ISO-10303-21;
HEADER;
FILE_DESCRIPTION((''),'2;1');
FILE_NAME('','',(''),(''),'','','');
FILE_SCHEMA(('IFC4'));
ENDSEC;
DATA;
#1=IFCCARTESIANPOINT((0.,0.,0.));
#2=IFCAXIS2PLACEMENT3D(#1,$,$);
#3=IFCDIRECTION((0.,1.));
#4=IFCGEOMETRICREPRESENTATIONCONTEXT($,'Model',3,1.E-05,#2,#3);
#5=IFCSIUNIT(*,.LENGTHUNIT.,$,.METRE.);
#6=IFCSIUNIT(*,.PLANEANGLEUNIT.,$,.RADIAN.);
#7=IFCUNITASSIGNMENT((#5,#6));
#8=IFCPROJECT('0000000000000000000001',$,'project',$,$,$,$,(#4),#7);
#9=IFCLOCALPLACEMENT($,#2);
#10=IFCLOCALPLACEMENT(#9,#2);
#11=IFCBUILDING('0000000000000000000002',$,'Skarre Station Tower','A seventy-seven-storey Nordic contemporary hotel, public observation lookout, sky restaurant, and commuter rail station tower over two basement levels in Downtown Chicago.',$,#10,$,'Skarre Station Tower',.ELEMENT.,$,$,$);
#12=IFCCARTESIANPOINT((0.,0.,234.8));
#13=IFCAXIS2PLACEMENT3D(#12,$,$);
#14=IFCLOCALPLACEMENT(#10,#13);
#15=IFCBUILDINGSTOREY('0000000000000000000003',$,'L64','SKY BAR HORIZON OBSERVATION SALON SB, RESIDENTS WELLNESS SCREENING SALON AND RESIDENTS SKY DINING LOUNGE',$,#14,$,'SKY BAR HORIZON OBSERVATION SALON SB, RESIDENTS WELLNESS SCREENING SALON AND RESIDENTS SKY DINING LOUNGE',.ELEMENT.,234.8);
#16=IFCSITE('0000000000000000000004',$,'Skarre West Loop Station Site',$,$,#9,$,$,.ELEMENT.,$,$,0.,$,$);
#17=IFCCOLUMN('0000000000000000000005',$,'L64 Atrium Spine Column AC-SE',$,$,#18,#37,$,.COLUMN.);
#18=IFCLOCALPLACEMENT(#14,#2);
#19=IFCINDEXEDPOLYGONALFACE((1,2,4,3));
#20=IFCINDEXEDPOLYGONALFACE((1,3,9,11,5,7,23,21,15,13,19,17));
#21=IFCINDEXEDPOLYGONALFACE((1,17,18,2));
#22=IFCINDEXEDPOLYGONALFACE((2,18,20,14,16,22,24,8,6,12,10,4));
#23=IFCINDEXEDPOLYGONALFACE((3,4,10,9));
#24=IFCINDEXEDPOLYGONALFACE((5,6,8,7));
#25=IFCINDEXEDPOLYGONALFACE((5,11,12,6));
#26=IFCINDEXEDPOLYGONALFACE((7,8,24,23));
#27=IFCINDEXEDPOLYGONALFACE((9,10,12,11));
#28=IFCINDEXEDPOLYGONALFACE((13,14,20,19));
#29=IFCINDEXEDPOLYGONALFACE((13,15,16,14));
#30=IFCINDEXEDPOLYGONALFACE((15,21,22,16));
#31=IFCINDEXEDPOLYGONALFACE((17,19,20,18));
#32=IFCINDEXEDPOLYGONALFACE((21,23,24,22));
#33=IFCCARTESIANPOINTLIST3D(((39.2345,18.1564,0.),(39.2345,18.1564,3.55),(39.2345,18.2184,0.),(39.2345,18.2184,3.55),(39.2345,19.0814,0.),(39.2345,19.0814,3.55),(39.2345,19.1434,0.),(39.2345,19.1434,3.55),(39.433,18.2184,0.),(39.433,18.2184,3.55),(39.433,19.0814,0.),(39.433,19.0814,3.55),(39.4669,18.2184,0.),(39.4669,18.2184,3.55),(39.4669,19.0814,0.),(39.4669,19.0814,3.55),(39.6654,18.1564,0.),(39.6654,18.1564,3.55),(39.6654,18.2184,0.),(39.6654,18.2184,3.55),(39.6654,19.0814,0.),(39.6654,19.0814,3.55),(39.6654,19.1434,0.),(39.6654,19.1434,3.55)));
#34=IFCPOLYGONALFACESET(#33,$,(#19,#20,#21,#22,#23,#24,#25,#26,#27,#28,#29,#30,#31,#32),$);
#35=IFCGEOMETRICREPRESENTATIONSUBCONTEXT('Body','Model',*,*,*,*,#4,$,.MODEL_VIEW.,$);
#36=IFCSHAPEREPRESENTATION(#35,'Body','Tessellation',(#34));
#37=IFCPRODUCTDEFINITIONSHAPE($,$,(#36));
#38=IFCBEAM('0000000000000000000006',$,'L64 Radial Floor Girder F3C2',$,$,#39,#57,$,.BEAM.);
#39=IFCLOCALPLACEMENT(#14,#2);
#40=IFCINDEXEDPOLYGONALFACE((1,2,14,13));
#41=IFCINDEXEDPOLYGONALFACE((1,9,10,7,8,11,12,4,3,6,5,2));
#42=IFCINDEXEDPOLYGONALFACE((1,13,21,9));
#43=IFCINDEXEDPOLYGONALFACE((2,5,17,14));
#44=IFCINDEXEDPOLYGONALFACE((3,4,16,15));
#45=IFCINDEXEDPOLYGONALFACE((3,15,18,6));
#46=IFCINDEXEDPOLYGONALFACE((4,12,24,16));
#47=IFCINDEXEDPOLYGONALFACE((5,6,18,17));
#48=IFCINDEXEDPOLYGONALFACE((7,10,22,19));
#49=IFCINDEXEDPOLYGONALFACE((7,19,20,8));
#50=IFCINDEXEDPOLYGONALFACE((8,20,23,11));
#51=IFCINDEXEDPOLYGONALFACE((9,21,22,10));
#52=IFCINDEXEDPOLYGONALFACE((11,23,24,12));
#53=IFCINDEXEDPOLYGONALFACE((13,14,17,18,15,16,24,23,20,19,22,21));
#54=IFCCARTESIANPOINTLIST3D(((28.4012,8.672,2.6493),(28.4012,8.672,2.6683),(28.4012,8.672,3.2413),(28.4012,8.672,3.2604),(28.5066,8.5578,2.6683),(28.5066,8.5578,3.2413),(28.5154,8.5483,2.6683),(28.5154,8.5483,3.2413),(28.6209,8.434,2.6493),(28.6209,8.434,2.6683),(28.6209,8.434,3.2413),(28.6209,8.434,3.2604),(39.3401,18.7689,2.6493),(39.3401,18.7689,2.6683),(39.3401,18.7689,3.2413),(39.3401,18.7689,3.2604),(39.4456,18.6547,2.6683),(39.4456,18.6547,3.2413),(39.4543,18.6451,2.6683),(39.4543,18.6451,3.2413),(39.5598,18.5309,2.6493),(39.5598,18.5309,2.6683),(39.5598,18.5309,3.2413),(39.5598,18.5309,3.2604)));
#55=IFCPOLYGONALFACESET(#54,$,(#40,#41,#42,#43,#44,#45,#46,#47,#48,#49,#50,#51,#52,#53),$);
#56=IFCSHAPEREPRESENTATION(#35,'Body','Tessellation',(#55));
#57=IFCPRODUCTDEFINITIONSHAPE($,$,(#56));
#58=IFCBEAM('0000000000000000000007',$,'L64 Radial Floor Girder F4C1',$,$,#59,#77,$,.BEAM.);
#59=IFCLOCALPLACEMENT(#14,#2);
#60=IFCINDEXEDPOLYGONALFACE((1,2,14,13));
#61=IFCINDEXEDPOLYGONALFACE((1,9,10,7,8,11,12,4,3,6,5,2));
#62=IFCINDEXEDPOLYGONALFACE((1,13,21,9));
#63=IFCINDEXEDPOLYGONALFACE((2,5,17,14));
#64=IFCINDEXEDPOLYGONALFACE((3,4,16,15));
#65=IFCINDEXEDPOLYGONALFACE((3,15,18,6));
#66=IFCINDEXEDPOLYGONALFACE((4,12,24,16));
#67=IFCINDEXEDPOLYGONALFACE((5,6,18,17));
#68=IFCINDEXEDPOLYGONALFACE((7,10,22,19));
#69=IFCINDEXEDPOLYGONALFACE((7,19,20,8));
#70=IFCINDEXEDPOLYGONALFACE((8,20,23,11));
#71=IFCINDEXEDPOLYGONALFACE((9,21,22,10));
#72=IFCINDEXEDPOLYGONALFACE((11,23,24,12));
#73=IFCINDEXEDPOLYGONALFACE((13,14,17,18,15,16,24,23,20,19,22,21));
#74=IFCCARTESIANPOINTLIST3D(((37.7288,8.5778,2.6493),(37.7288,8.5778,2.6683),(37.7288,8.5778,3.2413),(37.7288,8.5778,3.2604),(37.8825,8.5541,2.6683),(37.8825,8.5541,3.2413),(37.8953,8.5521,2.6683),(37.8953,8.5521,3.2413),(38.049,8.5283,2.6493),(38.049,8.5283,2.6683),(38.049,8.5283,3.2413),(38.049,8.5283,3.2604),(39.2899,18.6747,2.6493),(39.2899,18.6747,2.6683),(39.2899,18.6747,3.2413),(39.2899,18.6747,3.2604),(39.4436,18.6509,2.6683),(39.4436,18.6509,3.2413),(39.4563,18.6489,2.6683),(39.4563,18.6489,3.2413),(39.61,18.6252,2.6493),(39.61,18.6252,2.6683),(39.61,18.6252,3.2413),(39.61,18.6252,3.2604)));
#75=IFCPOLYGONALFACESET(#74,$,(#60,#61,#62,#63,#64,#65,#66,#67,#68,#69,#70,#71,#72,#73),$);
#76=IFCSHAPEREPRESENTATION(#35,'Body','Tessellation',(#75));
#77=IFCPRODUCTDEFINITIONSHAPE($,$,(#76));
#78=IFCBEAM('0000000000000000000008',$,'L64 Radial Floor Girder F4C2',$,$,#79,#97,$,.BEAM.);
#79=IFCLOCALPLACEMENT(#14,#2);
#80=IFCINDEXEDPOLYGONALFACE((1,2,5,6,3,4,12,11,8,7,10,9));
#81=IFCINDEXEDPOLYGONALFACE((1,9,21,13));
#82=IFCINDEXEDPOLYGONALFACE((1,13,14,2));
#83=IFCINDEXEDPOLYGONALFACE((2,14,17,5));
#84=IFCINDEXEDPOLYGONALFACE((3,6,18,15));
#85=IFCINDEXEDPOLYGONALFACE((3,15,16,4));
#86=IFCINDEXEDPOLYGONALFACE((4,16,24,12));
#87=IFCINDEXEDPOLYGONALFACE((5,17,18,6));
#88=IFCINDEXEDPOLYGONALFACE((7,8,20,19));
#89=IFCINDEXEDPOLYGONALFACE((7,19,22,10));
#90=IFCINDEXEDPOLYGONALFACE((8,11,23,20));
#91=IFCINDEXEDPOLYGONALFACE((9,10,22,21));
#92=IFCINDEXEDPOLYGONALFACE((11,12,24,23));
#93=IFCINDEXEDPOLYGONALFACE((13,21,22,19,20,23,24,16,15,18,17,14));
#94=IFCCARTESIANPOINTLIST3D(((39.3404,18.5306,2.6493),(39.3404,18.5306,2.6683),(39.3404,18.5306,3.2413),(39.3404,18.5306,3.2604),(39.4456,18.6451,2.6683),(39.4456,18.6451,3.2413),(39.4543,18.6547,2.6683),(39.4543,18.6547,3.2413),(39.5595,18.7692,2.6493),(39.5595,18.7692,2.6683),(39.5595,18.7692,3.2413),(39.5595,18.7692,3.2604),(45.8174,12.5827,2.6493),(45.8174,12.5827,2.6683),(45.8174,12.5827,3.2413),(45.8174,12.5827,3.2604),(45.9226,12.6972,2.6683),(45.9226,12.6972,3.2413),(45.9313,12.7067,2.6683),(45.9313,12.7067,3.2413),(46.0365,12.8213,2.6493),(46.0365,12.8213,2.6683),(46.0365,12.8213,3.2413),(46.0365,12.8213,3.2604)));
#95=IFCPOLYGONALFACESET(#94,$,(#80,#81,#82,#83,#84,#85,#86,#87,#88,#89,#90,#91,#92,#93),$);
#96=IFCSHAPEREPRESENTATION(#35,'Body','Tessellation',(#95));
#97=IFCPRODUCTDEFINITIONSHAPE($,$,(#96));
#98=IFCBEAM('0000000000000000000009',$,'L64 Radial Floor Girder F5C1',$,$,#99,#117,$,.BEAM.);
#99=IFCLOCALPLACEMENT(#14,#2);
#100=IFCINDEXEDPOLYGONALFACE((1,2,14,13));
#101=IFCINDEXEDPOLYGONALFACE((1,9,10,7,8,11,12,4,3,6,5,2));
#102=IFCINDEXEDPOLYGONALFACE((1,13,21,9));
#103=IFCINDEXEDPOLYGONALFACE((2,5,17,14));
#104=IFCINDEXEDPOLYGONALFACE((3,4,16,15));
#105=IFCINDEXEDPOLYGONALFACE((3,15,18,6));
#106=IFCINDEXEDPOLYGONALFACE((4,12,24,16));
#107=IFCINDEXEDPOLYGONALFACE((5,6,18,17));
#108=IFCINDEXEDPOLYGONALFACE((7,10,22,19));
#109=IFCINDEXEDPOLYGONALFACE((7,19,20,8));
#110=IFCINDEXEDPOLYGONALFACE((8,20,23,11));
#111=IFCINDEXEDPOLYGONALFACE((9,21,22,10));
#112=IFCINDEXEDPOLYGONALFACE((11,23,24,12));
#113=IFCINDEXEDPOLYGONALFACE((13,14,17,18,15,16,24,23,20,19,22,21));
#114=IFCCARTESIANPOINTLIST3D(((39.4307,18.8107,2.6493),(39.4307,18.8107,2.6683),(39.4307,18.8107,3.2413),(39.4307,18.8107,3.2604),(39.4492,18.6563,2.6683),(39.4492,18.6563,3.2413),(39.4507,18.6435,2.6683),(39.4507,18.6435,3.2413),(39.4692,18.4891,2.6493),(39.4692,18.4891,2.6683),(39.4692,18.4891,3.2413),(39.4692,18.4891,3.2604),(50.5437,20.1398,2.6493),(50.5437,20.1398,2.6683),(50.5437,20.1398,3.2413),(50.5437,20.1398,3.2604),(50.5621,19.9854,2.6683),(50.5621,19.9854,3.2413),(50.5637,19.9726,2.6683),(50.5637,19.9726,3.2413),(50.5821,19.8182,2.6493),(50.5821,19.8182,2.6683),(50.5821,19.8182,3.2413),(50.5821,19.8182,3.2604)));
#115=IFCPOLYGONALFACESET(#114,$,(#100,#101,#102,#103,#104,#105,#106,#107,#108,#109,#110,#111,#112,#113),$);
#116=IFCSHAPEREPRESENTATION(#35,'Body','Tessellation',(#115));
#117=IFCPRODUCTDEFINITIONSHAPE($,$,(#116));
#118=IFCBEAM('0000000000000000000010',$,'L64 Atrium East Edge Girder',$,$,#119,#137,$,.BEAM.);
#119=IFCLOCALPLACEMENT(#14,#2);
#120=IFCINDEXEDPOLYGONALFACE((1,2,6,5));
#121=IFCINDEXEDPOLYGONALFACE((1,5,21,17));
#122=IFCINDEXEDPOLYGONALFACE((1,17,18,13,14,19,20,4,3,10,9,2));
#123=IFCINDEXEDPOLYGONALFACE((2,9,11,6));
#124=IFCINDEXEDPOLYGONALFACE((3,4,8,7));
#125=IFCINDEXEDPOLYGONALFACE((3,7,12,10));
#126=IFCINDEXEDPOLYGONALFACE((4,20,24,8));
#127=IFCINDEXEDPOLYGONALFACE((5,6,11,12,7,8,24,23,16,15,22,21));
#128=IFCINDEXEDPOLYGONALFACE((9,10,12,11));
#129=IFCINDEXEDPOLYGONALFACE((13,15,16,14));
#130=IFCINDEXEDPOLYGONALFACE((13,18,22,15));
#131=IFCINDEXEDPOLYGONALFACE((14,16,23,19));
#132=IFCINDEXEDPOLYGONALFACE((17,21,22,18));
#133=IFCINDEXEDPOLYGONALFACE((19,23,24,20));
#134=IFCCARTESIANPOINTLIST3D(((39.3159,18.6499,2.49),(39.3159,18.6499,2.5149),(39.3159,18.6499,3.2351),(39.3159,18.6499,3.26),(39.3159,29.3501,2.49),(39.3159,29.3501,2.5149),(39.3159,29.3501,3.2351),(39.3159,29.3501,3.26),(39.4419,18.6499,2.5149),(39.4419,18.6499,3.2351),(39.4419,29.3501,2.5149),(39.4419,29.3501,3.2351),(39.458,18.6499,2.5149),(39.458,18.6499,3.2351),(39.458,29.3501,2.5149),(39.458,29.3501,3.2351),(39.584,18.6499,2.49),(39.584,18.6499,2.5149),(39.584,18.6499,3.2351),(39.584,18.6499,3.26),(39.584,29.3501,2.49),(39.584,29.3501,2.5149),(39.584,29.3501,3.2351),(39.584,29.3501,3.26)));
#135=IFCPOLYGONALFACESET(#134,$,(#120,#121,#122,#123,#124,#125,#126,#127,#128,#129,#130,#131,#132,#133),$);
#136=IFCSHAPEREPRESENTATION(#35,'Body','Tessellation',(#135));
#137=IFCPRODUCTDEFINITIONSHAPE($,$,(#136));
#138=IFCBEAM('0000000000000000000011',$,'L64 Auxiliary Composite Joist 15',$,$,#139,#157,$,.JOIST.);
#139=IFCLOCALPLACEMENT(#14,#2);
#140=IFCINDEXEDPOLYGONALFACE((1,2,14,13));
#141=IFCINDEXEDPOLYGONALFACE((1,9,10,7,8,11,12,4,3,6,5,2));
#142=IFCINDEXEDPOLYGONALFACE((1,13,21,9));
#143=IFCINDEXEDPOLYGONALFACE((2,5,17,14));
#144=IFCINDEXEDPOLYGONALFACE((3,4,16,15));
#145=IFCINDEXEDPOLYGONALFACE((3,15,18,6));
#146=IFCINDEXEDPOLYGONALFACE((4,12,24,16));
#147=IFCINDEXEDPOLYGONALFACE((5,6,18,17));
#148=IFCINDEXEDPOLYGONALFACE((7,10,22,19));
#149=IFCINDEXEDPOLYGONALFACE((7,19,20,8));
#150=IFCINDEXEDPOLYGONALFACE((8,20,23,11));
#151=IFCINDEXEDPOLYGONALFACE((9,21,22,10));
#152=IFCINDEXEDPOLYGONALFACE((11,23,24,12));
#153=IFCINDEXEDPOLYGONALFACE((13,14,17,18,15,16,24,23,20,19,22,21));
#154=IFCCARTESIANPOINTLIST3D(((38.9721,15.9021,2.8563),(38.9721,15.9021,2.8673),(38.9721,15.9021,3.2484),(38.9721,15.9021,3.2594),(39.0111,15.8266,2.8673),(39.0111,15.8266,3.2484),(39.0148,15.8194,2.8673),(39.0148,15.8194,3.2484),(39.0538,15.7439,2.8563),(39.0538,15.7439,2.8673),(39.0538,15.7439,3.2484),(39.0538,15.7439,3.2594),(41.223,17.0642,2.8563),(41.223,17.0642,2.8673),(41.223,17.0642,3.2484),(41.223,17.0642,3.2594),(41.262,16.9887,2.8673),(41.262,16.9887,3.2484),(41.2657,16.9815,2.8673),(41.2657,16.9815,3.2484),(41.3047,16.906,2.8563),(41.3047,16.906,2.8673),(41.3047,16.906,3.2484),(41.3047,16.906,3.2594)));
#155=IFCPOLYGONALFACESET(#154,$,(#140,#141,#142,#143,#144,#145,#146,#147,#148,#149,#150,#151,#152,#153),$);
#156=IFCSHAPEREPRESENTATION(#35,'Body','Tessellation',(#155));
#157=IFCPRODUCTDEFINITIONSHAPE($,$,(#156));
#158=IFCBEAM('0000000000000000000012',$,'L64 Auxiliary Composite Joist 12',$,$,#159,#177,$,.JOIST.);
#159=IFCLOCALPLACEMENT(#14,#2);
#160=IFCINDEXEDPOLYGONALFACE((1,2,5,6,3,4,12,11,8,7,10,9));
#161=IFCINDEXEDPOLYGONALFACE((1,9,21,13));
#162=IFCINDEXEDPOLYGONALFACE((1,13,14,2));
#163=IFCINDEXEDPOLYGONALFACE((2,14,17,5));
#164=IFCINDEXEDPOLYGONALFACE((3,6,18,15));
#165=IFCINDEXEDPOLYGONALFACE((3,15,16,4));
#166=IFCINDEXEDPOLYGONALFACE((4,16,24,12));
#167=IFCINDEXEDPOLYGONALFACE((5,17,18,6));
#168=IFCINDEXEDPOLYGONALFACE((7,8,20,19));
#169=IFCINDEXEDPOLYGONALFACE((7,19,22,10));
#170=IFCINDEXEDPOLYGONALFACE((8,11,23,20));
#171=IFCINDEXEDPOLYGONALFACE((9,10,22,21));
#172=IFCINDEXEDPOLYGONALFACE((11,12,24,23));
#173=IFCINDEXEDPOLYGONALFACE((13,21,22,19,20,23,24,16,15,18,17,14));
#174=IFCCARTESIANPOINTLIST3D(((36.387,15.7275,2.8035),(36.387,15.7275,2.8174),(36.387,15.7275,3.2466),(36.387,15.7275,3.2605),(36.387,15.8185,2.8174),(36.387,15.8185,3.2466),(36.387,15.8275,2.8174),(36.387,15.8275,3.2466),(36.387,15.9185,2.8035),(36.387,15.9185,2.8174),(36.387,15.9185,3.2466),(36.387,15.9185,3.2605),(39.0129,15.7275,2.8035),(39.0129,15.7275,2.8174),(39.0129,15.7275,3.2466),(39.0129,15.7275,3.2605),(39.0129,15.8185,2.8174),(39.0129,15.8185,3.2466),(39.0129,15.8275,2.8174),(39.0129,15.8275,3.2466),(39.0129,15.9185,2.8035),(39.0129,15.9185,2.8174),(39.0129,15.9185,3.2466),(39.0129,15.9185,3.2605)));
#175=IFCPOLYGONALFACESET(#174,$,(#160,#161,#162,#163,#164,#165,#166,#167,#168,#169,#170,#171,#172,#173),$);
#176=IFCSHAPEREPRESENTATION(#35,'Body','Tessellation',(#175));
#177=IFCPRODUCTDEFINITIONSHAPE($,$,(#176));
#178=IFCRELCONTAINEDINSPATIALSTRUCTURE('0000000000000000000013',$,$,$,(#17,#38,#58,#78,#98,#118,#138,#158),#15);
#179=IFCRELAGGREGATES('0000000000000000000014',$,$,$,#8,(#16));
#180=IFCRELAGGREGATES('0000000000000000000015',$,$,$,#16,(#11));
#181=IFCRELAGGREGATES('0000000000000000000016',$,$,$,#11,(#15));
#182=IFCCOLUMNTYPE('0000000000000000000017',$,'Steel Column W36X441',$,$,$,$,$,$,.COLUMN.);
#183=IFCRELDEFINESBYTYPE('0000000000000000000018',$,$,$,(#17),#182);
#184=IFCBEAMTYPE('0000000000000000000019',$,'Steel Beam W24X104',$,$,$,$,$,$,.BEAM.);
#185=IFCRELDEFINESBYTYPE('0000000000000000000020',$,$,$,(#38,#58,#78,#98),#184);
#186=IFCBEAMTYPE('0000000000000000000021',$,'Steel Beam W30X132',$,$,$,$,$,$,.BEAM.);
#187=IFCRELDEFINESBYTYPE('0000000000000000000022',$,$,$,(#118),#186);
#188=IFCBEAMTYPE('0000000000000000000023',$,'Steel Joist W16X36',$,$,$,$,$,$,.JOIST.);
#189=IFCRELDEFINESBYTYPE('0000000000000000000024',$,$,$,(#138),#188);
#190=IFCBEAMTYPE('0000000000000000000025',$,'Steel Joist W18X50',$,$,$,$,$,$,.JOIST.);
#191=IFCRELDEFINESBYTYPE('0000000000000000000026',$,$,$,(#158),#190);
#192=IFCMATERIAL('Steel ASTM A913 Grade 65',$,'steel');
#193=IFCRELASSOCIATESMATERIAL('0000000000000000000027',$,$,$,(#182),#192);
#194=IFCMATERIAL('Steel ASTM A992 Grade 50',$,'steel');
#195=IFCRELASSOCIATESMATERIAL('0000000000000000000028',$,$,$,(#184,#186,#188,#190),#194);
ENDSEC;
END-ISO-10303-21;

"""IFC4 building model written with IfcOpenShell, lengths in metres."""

from ifc_helpers import new_model, si_unit, direction, frame, origin, origin_2d, place, context, subcontext, project, spatial, i_section, extrude, material, material_profile, profile_set, type_object, element, save


model = new_model("IFC4")

# Units and contexts
model_context = context("Model", 3, precision=1e-05, world=origin(), true_north=direction((0.0, 1.0)))
body_context = subcontext(model_context, "Body", "Model", "MODEL_VIEW")
ifc_project = project(units=[si_unit("LENGTHUNIT", "METRE"), si_unit("PLANEANGLEUNIT", "RADIAN")], contexts=[model_context])

# Site, building, storey
site_placement = place(None, origin())
site = spatial("IfcSite", under=ifc_project, at=site_placement, Name="Skarre West Loop Station Site", CompositionType="ELEMENT", RefElevation=0.0)
building_placement = place(site_placement, origin())
building = spatial("IfcBuilding", under=site, at=building_placement, Name="Skarre Station Tower", Description="A seventy-seven-storey Nordic contemporary hotel, public observation lookout, sky restaurant, and commuter rail station tower over two basement levels in Downtown Chicago.", LongName="Skarre Station Tower", CompositionType="ELEMENT")
storey_placement = place(building_placement, frame((0.0, 0.0, 234.8)))
storey = spatial("IfcBuildingStorey", under=building, at=storey_placement, Name="L64", Description="SKY BAR HORIZON OBSERVATION SALON SB, RESIDENTS WELLNESS SCREENING SALON AND RESIDENTS SKY DINING LOUNGE", LongName="SKY BAR HORIZON OBSERVATION SALON SB, RESIDENTS WELLNESS SCREENING SALON AND RESIDENTS SKY DINING LOUNGE", CompositionType="ELEMENT", Elevation=234.8)

# Column
ifc_material_1 = material(Name="Steel ASTM A913 Grade 65", Category="steel")
ifc_material_profile_1 = material_profile(ifc_material_1, i_section(OverallWidth=0.4309, OverallDepth=0.9871, WebThickness=0.0339, FlangeThickness=0.062, at=origin_2d()), Name="Steel ASTM A913 Grade 65")
ifc_profile_set_1 = profile_set([ifc_material_profile_1], Name="Steel ASTM A913 Grade 65")
column_type = type_object("IfcColumnType", Name="Steel Column W36X441", PredefinedType="COLUMN", material=ifc_profile_set_1)
column_placement = place(storey_placement, frame((39.45, 18.6499, 0.0), z_axis=(0.0, 0.0, 1.0), x_axis=(1.0, 0.0, 0.0)))
element("IfcColumn", 1, at=column_placement, inside=storey, type_object=column_type, Name="L64 Atrium Spine Column AC-SE", PredefinedType="COLUMN", context=body_context, shape_type="SweptSolid", body=[
    extrude(i_section(OverallWidth=0.4309, OverallDepth=0.9871, WebThickness=0.0339, FlangeThickness=0.062, at=origin_2d()), origin(), (0.0, 0.0, 1.0), 3.55),
])

# Beams
ifc_material_2 = material(Name="Steel ASTM A992 Grade 50", Category="steel")
ifc_material_profile_2 = material_profile(ifc_material_2, i_section(OverallWidth=0.324, OverallDepth=0.6111, WebThickness=0.0129, FlangeThickness=0.019, at=origin_2d()), Name="Steel ASTM A992 Grade 50")
ifc_profile_set_2 = profile_set([ifc_material_profile_2], Name="Steel ASTM A992 Grade 50")
beam_type_1 = type_object("IfcBeamType", Name="Steel Beam W24X104", PredefinedType="BEAM", material=ifc_profile_set_2)
beam_1_placement = place(storey_placement, frame((39.45, 18.6499, 2.9548), z_axis=(-0.734823, -0.678259, 0.0), x_axis=(0.678259, -0.734823, 0.0)))
element("IfcBeam", 2, at=beam_1_placement, inside=storey, type_object=beam_type_1, Name="L64 Radial Floor Girder F3C2", PredefinedType="BEAM", context=body_context, shape_type="SweptSolid", body=[
    extrude(i_section(OverallWidth=0.324, OverallDepth=0.6111, WebThickness=0.0129, FlangeThickness=0.019, at=origin_2d()), origin(), (0.0, 0.0, 1.0), 14.8865),
])
beam_2_placement = place(storey_placement, frame((39.45, 18.6499, 2.9548), z_axis=(-0.15279, -0.988259, 0.0), x_axis=(0.988259, -0.15279, 0.0)))
element("IfcBeam", 3, at=beam_2_placement, inside=storey, type_object=beam_type_1, Name="L64 Radial Floor Girder F4C1", PredefinedType="BEAM", context=body_context, shape_type="SweptSolid", body=[
    extrude(i_section(OverallWidth=0.324, OverallDepth=0.6111, WebThickness=0.0129, FlangeThickness=0.019, at=origin_2d()), origin(), (0.0, 0.0, 1.0), 10.2168),
])
beam_3_placement = place(storey_placement, frame((39.45, 18.6499, 2.9548), z_axis=(0.736548, -0.676386, 0.0), x_axis=(0.676386, 0.736548, 0.0)))
element("IfcBeam", 4, at=beam_3_placement, inside=storey, type_object=beam_type_1, Name="L64 Radial Floor Girder F4C2", PredefinedType="BEAM", context=body_context, shape_type="SweptSolid", body=[
    extrude(i_section(OverallWidth=0.324, OverallDepth=0.6111, WebThickness=0.0129, FlangeThickness=0.019, at=origin_2d()), origin(), (0.0, 0.0, 1.0), 8.7937),
])
beam_4_placement = place(storey_placement, frame((39.45, 18.6499, 2.9548), z_axis=(0.992924, 0.118752, 0.0), x_axis=(-0.118752, 0.992924, 0.0)))
element("IfcBeam", 5, at=beam_4_placement, inside=storey, type_object=beam_type_1, Name="L64 Radial Floor Girder F5C1", PredefinedType="BEAM", context=body_context, shape_type="SweptSolid", body=[
    extrude(i_section(OverallWidth=0.324, OverallDepth=0.6111, WebThickness=0.0129, FlangeThickness=0.019, at=origin_2d()), origin(), (0.0, 0.0, 1.0), 11.1921),
])
ifc_material_profile_3 = material_profile(ifc_material_2, i_section(OverallWidth=0.2681, OverallDepth=0.77, WebThickness=0.0161, FlangeThickness=0.0249, at=origin_2d()), Name="Steel ASTM A992 Grade 50")
ifc_profile_set_3 = profile_set([ifc_material_profile_3], Name="Steel ASTM A992 Grade 50")
beam_type_2 = type_object("IfcBeamType", Name="Steel Beam W30X132", PredefinedType="BEAM", material=ifc_profile_set_3)
beam_5_placement = place(storey_placement, frame((39.45, 18.6499, 2.875), z_axis=(0.0, 1.0, 0.0), x_axis=(-1.0, 0.0, 0.0)))
element("IfcBeam", 6, at=beam_5_placement, inside=storey, type_object=beam_type_2, Name="L64 Atrium East Edge Girder", PredefinedType="BEAM", context=body_context, shape_type="SweptSolid", body=[
    extrude(i_section(OverallWidth=0.2681, OverallDepth=0.77, WebThickness=0.0161, FlangeThickness=0.0249, at=origin_2d()), origin(), (0.0, 0.0, 1.0), 10.7002),
])
ifc_material_profile_4 = material_profile(ifc_material_2, i_section(OverallWidth=0.178, OverallDepth=0.4031, WebThickness=0.0081, FlangeThickness=0.011, at=origin_2d()), Name="Steel ASTM A992 Grade 50")
ifc_profile_set_4 = profile_set([ifc_material_profile_4], Name="Steel ASTM A992 Grade 50")
beam_type_3 = type_object("IfcBeamType", Name="Steel Joist W16X36", PredefinedType="JOIST", material=ifc_profile_set_4)
beam_6_placement = place(storey_placement, frame((39.0129, 15.823, 3.0579), z_axis=(0.88857, 0.458741, 0.0), x_axis=(-0.458741, 0.88857, 0.0)))
element("IfcBeam", 7, at=beam_6_placement, inside=storey, type_object=beam_type_3, Name="L64 Auxiliary Composite Joist 15", PredefinedType="JOIST", context=body_context, shape_type="SweptSolid", body=[
    extrude(i_section(OverallWidth=0.178, OverallDepth=0.4031, WebThickness=0.0081, FlangeThickness=0.011, at=origin_2d()), origin(), (0.0, 0.0, 1.0), 2.5332),
])
ifc_material_profile_5 = material_profile(ifc_material_2, i_section(OverallWidth=0.1909, OverallDepth=0.457, WebThickness=0.009, FlangeThickness=0.0139, at=origin_2d()), Name="Steel ASTM A992 Grade 50")
ifc_profile_set_5 = profile_set([ifc_material_profile_5], Name="Steel ASTM A992 Grade 50")
beam_type_4 = type_object("IfcBeamType", Name="Steel Joist W18X50", PredefinedType="JOIST", material=ifc_profile_set_5)
beam_7_placement = place(storey_placement, frame((36.387, 15.823, 3.032), z_axis=(1.0, 0.0, 0.0), x_axis=(0.0, 1.0, 0.0)))
element("IfcBeam", 8, at=beam_7_placement, inside=storey, type_object=beam_type_4, Name="L64 Auxiliary Composite Joist 12", PredefinedType="JOIST", context=body_context, shape_type="SweptSolid", body=[
    extrude(i_section(OverallWidth=0.1909, OverallDepth=0.457, WebThickness=0.009, FlangeThickness=0.0139, at=origin_2d()), origin(), (0.0, 0.0, 1.0), 2.626),
])

save(model, "model.ifc")
